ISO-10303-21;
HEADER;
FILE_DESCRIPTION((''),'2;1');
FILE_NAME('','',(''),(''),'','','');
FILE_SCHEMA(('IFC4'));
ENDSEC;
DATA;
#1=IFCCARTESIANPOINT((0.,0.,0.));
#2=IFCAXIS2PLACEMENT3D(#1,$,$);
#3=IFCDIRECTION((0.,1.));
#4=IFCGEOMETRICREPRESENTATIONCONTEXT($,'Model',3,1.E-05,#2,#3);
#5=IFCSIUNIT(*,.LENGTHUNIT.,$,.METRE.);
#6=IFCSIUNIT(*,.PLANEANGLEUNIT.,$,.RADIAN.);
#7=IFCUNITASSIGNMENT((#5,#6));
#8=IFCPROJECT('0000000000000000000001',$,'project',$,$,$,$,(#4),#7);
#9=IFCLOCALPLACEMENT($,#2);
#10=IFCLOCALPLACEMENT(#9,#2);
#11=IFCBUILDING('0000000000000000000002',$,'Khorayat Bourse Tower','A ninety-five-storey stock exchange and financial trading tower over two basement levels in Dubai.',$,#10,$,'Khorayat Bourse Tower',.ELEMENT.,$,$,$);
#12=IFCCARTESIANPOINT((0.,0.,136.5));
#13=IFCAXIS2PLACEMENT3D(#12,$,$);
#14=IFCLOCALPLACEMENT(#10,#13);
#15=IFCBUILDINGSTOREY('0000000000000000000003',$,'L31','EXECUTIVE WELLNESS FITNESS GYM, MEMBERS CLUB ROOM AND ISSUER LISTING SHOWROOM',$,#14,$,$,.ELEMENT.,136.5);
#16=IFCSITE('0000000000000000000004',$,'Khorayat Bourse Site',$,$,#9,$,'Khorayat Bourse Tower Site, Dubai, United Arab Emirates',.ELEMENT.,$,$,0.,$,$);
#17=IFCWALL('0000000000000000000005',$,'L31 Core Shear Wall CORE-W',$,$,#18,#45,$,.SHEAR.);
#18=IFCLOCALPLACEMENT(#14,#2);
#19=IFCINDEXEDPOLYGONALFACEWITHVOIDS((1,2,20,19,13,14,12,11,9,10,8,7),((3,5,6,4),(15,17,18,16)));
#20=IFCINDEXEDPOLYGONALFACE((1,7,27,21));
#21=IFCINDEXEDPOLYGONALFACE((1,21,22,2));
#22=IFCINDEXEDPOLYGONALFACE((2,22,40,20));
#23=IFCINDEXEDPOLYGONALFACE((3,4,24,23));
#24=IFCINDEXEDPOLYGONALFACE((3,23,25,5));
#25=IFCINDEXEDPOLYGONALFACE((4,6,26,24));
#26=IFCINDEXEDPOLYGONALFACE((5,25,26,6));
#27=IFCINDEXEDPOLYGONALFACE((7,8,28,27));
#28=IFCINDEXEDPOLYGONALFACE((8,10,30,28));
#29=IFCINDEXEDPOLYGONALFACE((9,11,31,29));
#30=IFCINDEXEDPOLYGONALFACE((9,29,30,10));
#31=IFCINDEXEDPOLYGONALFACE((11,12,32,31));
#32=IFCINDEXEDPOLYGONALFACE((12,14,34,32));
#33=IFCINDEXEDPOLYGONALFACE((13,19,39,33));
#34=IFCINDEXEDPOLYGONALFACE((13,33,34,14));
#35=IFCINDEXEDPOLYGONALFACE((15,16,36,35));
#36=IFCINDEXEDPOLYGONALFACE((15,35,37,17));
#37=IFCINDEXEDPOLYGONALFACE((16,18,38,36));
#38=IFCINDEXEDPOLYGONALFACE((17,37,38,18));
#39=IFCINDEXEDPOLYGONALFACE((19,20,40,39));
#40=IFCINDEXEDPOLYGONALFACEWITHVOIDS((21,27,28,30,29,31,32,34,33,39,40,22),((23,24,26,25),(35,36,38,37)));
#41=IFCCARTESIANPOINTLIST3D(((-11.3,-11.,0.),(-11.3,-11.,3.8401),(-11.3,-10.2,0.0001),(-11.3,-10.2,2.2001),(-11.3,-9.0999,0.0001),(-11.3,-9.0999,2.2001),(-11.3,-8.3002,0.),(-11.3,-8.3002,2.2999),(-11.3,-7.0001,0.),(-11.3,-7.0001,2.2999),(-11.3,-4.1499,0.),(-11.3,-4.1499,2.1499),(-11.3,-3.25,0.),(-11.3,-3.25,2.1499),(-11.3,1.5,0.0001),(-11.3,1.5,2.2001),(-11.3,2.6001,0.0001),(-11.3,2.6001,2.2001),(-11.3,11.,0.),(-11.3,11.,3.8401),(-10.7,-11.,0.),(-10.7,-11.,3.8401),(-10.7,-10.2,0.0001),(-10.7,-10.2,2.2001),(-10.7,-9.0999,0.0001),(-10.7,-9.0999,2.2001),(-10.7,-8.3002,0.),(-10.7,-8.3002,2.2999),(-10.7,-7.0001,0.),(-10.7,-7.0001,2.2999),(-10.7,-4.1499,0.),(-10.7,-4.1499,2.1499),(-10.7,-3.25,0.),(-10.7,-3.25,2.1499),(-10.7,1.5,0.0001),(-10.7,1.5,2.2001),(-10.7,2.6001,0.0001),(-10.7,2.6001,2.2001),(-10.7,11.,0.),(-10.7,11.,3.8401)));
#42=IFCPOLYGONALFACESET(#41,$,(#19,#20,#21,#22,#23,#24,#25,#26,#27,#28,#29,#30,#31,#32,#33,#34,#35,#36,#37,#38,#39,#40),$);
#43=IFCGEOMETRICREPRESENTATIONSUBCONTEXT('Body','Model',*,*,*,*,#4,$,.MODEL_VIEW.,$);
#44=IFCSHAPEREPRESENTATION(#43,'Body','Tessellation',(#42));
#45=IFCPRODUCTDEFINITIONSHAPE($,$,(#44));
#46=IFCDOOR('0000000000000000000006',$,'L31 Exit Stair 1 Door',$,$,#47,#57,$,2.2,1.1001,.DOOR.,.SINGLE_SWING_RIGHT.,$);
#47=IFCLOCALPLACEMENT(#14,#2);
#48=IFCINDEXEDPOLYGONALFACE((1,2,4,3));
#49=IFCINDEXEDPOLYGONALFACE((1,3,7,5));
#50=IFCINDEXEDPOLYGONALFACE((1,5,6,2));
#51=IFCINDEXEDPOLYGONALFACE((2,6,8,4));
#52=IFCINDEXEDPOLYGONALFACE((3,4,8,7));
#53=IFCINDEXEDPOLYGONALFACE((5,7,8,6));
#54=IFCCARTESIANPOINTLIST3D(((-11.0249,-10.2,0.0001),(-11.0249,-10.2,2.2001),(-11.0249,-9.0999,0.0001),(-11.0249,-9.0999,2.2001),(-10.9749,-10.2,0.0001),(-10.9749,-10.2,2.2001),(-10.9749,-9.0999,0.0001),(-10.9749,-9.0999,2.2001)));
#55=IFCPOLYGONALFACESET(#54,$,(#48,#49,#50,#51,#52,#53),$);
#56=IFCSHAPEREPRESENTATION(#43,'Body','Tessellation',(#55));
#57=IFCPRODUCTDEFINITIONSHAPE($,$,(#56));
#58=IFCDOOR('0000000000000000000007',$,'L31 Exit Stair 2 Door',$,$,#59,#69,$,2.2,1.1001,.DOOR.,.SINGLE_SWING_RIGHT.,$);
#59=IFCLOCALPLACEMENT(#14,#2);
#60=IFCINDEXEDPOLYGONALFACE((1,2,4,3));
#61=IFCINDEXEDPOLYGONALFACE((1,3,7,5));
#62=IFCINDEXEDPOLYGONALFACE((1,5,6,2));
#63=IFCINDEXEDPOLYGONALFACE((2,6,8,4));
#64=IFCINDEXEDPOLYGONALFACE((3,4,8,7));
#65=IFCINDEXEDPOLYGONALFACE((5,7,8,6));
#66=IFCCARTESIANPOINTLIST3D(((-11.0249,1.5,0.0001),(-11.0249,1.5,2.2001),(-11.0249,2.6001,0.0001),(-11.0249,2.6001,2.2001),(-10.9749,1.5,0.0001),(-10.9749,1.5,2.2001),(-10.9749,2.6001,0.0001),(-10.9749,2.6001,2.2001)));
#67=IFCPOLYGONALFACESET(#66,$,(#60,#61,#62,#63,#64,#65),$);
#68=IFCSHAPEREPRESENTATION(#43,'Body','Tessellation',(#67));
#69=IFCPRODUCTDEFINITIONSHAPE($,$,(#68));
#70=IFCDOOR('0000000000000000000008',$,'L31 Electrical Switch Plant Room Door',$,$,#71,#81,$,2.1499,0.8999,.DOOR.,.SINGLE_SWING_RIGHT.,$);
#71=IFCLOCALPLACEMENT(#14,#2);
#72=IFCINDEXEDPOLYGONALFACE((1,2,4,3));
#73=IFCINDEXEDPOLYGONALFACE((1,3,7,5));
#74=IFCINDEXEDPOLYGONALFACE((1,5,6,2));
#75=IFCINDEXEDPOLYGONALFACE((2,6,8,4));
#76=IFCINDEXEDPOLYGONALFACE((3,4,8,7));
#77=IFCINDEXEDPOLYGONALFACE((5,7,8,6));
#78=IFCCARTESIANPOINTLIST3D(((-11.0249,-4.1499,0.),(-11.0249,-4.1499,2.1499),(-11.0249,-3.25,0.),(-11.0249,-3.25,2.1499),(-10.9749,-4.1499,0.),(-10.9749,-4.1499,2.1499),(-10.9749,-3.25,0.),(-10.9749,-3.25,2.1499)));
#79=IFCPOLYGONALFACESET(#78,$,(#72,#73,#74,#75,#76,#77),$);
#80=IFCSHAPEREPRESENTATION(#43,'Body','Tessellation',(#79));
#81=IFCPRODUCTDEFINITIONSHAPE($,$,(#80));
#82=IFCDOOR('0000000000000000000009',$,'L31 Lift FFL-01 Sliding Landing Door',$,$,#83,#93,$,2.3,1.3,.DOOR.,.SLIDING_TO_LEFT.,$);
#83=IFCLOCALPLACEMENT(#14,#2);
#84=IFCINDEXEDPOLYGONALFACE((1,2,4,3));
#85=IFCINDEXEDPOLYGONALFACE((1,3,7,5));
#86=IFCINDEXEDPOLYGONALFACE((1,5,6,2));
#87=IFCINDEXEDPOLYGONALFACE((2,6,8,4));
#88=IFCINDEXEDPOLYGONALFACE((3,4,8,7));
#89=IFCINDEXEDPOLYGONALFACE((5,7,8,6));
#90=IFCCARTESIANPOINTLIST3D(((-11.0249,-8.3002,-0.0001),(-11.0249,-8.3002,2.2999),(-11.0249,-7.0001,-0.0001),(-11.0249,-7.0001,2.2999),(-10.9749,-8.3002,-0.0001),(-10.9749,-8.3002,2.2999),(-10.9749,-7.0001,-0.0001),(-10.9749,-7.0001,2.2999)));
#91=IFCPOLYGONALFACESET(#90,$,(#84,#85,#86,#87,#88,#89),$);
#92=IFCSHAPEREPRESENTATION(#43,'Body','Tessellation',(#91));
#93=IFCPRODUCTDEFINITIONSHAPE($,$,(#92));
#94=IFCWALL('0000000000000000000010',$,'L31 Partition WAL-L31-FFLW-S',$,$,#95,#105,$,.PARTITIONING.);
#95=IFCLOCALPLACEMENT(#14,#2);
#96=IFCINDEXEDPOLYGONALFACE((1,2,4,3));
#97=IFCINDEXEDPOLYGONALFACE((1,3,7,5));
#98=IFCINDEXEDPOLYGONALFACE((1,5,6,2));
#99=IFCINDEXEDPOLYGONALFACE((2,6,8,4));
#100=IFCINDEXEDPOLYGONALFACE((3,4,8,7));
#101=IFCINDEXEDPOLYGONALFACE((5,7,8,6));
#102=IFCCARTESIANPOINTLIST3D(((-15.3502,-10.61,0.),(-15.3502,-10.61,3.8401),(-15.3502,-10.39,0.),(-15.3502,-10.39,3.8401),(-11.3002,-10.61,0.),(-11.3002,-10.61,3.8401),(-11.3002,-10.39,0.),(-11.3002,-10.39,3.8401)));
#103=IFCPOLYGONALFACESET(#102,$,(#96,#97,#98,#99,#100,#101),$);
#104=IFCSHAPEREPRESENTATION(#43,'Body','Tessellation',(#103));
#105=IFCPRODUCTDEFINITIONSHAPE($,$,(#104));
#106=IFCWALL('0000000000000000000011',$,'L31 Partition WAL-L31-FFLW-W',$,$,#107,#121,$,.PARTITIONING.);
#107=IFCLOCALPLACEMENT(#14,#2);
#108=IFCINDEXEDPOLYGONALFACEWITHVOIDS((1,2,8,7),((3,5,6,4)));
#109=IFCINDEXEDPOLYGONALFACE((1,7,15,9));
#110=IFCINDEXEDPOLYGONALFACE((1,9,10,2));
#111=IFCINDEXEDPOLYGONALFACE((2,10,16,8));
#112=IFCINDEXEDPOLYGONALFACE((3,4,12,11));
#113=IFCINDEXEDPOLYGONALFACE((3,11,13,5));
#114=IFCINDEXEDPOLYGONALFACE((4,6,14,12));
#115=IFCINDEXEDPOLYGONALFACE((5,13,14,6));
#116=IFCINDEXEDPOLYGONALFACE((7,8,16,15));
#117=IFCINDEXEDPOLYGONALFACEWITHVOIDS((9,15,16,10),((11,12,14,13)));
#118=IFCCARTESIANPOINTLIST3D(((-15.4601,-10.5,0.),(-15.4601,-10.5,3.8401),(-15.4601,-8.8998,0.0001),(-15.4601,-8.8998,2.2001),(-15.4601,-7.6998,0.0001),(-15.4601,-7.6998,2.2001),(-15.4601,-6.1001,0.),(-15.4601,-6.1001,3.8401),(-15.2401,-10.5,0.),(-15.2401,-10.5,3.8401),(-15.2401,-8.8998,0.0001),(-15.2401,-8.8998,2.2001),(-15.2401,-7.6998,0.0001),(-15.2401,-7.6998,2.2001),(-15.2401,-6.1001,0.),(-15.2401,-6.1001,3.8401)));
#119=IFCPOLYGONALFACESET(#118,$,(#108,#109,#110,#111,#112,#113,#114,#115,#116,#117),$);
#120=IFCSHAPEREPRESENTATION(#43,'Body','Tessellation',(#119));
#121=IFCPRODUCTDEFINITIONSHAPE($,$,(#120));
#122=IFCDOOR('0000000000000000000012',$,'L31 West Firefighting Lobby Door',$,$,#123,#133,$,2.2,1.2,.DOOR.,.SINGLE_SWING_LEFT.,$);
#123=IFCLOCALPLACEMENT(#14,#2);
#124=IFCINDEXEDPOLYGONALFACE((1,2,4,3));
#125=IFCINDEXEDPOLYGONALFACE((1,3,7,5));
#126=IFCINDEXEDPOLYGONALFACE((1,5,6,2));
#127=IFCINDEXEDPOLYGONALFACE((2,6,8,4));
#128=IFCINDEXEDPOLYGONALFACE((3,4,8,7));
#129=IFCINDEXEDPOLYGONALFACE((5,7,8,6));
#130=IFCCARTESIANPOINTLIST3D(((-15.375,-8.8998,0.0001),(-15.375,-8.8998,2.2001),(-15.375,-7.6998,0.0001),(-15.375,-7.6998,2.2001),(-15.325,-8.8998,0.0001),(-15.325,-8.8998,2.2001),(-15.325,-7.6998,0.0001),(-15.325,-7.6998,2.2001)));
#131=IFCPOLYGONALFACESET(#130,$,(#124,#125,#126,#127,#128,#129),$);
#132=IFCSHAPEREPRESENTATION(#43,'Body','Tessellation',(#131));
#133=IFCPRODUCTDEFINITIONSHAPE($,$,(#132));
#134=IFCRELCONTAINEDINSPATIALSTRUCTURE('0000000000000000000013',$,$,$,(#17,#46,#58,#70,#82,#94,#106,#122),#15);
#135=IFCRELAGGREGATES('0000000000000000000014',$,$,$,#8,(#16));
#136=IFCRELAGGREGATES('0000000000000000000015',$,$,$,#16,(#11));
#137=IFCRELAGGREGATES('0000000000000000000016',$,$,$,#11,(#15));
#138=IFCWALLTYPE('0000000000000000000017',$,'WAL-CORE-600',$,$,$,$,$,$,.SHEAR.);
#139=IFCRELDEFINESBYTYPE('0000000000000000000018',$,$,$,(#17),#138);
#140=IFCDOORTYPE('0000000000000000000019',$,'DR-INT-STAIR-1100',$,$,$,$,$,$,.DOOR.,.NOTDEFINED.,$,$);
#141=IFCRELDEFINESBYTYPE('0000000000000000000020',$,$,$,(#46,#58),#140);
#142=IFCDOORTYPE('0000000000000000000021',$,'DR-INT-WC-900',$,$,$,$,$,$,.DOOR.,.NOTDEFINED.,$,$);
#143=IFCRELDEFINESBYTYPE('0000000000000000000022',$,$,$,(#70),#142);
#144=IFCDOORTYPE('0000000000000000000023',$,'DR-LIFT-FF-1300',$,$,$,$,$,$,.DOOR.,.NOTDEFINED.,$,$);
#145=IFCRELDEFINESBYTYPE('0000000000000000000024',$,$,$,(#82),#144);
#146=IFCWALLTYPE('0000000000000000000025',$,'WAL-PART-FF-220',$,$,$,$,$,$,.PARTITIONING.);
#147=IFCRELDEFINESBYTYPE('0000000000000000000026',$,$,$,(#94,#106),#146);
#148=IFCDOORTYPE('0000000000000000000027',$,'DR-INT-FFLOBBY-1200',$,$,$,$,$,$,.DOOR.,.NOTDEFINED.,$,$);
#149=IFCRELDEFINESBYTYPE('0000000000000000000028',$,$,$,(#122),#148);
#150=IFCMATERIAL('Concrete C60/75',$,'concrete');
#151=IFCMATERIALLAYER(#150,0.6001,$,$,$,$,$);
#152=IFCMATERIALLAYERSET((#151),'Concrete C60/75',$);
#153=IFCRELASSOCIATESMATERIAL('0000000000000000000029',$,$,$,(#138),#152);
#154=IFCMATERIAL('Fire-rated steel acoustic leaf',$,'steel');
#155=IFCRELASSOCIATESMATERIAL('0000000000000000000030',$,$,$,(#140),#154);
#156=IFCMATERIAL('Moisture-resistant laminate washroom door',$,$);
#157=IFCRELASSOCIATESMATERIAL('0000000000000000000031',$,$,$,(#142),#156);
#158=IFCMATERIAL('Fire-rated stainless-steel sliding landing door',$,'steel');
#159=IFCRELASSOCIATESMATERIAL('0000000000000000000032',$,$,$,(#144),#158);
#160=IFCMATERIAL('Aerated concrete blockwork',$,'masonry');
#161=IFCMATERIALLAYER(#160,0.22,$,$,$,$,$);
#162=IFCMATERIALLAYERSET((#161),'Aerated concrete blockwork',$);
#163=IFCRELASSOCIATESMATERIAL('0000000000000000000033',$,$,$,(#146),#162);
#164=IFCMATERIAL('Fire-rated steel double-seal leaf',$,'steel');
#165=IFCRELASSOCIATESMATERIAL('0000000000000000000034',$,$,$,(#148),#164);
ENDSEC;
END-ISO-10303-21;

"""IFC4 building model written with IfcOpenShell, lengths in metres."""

from ifc_helpers import new_model, si_unit, direction, frame, frame_2d, origin, place, context, subcontext, project, spatial, rectangle, extrude, source, transform, mapped, material, layer, layer_set, type_object, element, fill, save


model = new_model("IFC4")

# Units and contexts
model_context = context("Model", 3, precision=1e-05, world=origin(), true_north=direction((0.0, 1.0)))
body_context = subcontext(model_context, "Body", "Model", "MODEL_VIEW")
ifc_project = project(units=[si_unit("LENGTHUNIT", "METRE"), si_unit("PLANEANGLEUNIT", "RADIAN")], contexts=[model_context])

# Site, building, storey
site_placement = place(None, origin())
site = spatial("IfcSite", under=ifc_project, at=site_placement, Name="Khorayat Bourse Site", LongName="Khorayat Bourse Tower Site, Dubai, United Arab Emirates", CompositionType="ELEMENT", RefElevation=0.0)
building_placement = place(site_placement, origin())
building = spatial("IfcBuilding", under=site, at=building_placement, Name="Khorayat Bourse Tower", Description="A ninety-five-storey stock exchange and financial trading tower over two basement levels in Dubai.", LongName="Khorayat Bourse Tower", CompositionType="ELEMENT")
storey_placement = place(building_placement, frame((0.0, 0.0, 136.5)))
storey = spatial("IfcBuildingStorey", under=building, at=storey_placement, Name="L31", Description="EXECUTIVE WELLNESS FITNESS GYM, MEMBERS CLUB ROOM AND ISSUER LISTING SHOWROOM", CompositionType="ELEMENT", Elevation=136.5)

# Wall, openings, doors
ifc_material_1 = material(Name="Concrete C60/75", Category="concrete")
ifc_layer_1 = layer(ifc_material_1, 0.6001)
ifc_layer_set_1 = layer_set([ifc_layer_1], Name="Concrete C60/75")
wall_type_1 = type_object("IfcWallType", Name="WAL-CORE-600", PredefinedType="SHEAR", material=ifc_layer_set_1)
shared_shape_1 = source(origin(), body_context, "Body", "SweptSolid", [
    extrude(rectangle(XDim=22.0, YDim=0.6001, at=frame_2d((11.0, 0.0))), origin(), (0.0, 0.0, 1.0), 3.8401),
])
wall_1_placement = place(storey_placement, frame((-11.0, -11.0, 0.0), z_axis=(0.0, 0.0, 1.0), x_axis=(0.0, 1.0, 0.0)))
wall_1 = element("IfcWall", 1, at=wall_1_placement, inside=storey, type_object=wall_type_1, Name="L31 Core Shear Wall CORE-W", PredefinedType="SHEAR", context=body_context, shape_type="MappedRepresentation", body=[
    mapped(shared_shape_1, transform((0.0, 0.0, 0.0), scale=1.0)),
])
shared_shape_2 = source(origin(), body_context, "Body", "SweptSolid", [
    extrude(rectangle(XDim=1.1001, YDim=2.2, at=frame_2d((0.55, 1.1001))), frame((0.0, 0.3101, 0.0), z_axis=(0.0, -1.0, 0.0), x_axis=(1.0, 0.0, 0.0)), (0.0, 0.0, 1.0), 0.6201),
])
opening_1_placement = place(wall_1_placement, frame((0.8, 0.0, 0.0)))
opening_1 = element("IfcOpeningElement", 2, at=opening_1_placement, cuts=wall_1, PredefinedType="OPENING", context=body_context, shape_type="MappedRepresentation", body=[
    mapped(shared_shape_2, transform((0.0, 0.0, 0.0), scale=1.0)),
])
opening_2_placement = place(wall_1_placement, frame((12.5, 0.0, 0.0)))
opening_2 = element("IfcOpeningElement", 3, at=opening_2_placement, cuts=wall_1, PredefinedType="OPENING", context=body_context, shape_type="MappedRepresentation", body=[
    mapped(shared_shape_2, transform((0.0, 0.0, 0.0), scale=1.0)),
])
shared_shape_3 = source(origin(), body_context, "Body", "SweptSolid", [
    extrude(rectangle(XDim=0.8999, YDim=2.1499, at=frame_2d((0.45, 1.075))), frame((0.0, 0.3101, 0.0), z_axis=(0.0, -1.0, 0.0), x_axis=(1.0, 0.0, 0.0)), (0.0, 0.0, 1.0), 0.6201),
])
opening_3_placement = place(wall_1_placement, frame((6.8501, 0.0, 0.0)))
opening_3 = element("IfcOpeningElement", 4, at=opening_3_placement, cuts=wall_1, PredefinedType="OPENING", context=body_context, shape_type="MappedRepresentation", body=[
    mapped(shared_shape_3, transform((0.0, 0.0, 0.0), scale=1.0)),
])
shared_shape_4 = source(origin(), body_context, "Body", "SweptSolid", [
    extrude(rectangle(XDim=1.3, YDim=2.3, at=frame_2d((0.6499, 1.1499))), frame((0.0, 0.3101, 0.0), z_axis=(0.0, -1.0, 0.0), x_axis=(1.0, 0.0, 0.0)), (0.0, 0.0, 1.0), 0.6201),
])
opening_4_placement = place(wall_1_placement, frame((2.7, 0.0, 0.0)))
opening_4 = element("IfcOpeningElement", 5, at=opening_4_placement, cuts=wall_1, PredefinedType="OPENING", context=body_context, shape_type="MappedRepresentation", body=[
    mapped(shared_shape_4, transform((0.0, 0.0, 0.0), scale=1.0)),
])
ifc_material_2 = material(Name="Fire-rated steel acoustic leaf", Category="steel")
door_type_1 = type_object("IfcDoorType", Name="DR-INT-STAIR-1100", OperationType="NOTDEFINED", PredefinedType="DOOR", material=ifc_material_2)
shared_shape_5 = source(origin(), body_context, "Body", "SweptSolid", [
    extrude(rectangle(XDim=1.1001, YDim=2.2, at=frame_2d((0.55, 1.1001))), frame((0.0, 0.0249, 0.0), z_axis=(0.0, -1.0, 0.0), x_axis=(1.0, 0.0, 0.0)), (0.0, 0.0, 1.0), 0.05),
])
door_1_placement = place(opening_1_placement, origin())
door_1 = element("IfcDoor", 6, at=door_1_placement, inside=storey, type_object=door_type_1, Name="L31 Exit Stair 1 Door", OperationType="SINGLE_SWING_RIGHT", OverallHeight=2.2, OverallWidth=1.1001, PredefinedType="DOOR", context=body_context, shape_type="MappedRepresentation", body=[
    mapped(shared_shape_5, transform((0.0, 0.0, 0.0), scale=1.0)),
])
fill(opening_1, door_1)
door_2_placement = place(opening_2_placement, origin())
door_2 = element("IfcDoor", 7, at=door_2_placement, inside=storey, type_object=door_type_1, Name="L31 Exit Stair 2 Door", OperationType="SINGLE_SWING_RIGHT", OverallHeight=2.2, OverallWidth=1.1001, PredefinedType="DOOR", context=body_context, shape_type="MappedRepresentation", body=[
    mapped(shared_shape_5, transform((0.0, 0.0, 0.0), scale=1.0)),
])
fill(opening_2, door_2)
ifc_material_3 = material(Name="Moisture-resistant laminate washroom door")
door_type_2 = type_object("IfcDoorType", Name="DR-INT-WC-900", OperationType="NOTDEFINED", PredefinedType="DOOR", material=ifc_material_3)
shared_shape_6 = source(origin(), body_context, "Body", "SweptSolid", [
    extrude(rectangle(XDim=0.8999, YDim=2.1499, at=frame_2d((0.45, 1.075))), frame((0.0, 0.0249, 0.0), z_axis=(0.0, -1.0, 0.0), x_axis=(1.0, 0.0, 0.0)), (0.0, 0.0, 1.0), 0.05),
])
door_3_placement = place(opening_3_placement, origin())
door_3 = element("IfcDoor", 8, at=door_3_placement, inside=storey, type_object=door_type_2, Name="L31 Electrical Switch Plant Room Door", OperationType="SINGLE_SWING_RIGHT", OverallHeight=2.1499, OverallWidth=0.8999, PredefinedType="DOOR", context=body_context, shape_type="MappedRepresentation", body=[
    mapped(shared_shape_6, transform((0.0, 0.0, 0.0), scale=1.0)),
])
fill(opening_3, door_3)
ifc_material_4 = material(Name="Fire-rated stainless-steel sliding landing door", Category="steel")
door_type_3 = type_object("IfcDoorType", Name="DR-LIFT-FF-1300", OperationType="NOTDEFINED", PredefinedType="DOOR", material=ifc_material_4)
shared_shape_7 = source(origin(), body_context, "Body", "SweptSolid", [
    extrude(rectangle(XDim=1.3, YDim=2.3, at=frame_2d((0.6499, 1.1499))), frame((0.0, 0.0249, 0.0), z_axis=(0.0, -1.0, 0.0), x_axis=(1.0, 0.0, 0.0)), (0.0, 0.0, 1.0), 0.05),
])
door_4_placement = place(opening_4_placement, origin())
door_4 = element("IfcDoor", 9, at=door_4_placement, inside=storey, type_object=door_type_3, Name="L31 Lift FFL-01 Sliding Landing Door", OperationType="SLIDING_TO_LEFT", OverallHeight=2.3, OverallWidth=1.3, PredefinedType="DOOR", context=body_context, shape_type="MappedRepresentation", body=[
    mapped(shared_shape_7, transform((0.0, 0.0, 0.0), scale=1.0)),
])
fill(opening_4, door_4)

# Wall
ifc_material_5 = material(Name="Aerated concrete blockwork", Category="masonry")
ifc_layer_2 = layer(ifc_material_5, 0.22)
ifc_layer_set_2 = layer_set([ifc_layer_2], Name="Aerated concrete blockwork")
wall_type_2 = type_object("IfcWallType", Name="WAL-PART-FF-220", PredefinedType="PARTITIONING", material=ifc_layer_set_2)
shared_shape_8 = source(origin(), body_context, "Body", "SweptSolid", [
    extrude(rectangle(XDim=4.05, YDim=0.22, at=frame_2d((2.0249, 0.0))), origin(), (0.0, 0.0, 1.0), 3.8401),
])
wall_2_placement = place(storey_placement, frame((-15.3501, -10.5, 0.0), z_axis=(0.0, 0.0, 1.0), x_axis=(1.0, 0.0, 0.0)))
element("IfcWall", 10, at=wall_2_placement, inside=storey, type_object=wall_type_2, Name="L31 Partition WAL-L31-FFLW-S", PredefinedType="PARTITIONING", context=body_context, shape_type="MappedRepresentation", body=[
    mapped(shared_shape_8, transform((0.0, 0.0, 0.0), scale=1.0)),
])

# Wall, opening, door
shared_shape_9 = source(origin(), body_context, "Body", "SweptSolid", [
    extrude(rectangle(XDim=4.3999, YDim=0.22, at=frame_2d((2.2, 0.0))), origin(), (0.0, 0.0, 1.0), 3.8401),
])
wall_3_placement = place(storey_placement, frame((-15.3501, -10.5, 0.0), z_axis=(0.0, 0.0, 1.0), x_axis=(0.0, 1.0, 0.0)))
wall_3 = element("IfcWall", 11, at=wall_3_placement, inside=storey, type_object=wall_type_2, Name="L31 Partition WAL-L31-FFLW-W", PredefinedType="PARTITIONING", context=body_context, shape_type="MappedRepresentation", body=[
    mapped(shared_shape_9, transform((0.0, 0.0, 0.0), scale=1.0)),
])
shared_shape_10 = source(origin(), body_context, "Body", "SweptSolid", [
    extrude(rectangle(XDim=1.2, YDim=2.2, at=frame_2d((0.6001, 1.1001))), frame((0.0, 0.1199, 0.0), z_axis=(0.0, -1.0, 0.0), x_axis=(1.0, 0.0, 0.0)), (0.0, 0.0, 1.0), 0.24),
])
opening_5_placement = place(wall_3_placement, frame((1.6001, 0.0, 0.0)))
opening_5 = element("IfcOpeningElement", 12, at=opening_5_placement, cuts=wall_3, PredefinedType="OPENING", context=body_context, shape_type="MappedRepresentation", body=[
    mapped(shared_shape_10, transform((0.0, 0.0, 0.0), scale=1.0)),
])
ifc_material_6 = material(Name="Fire-rated steel double-seal leaf", Category="steel")
door_type_4 = type_object("IfcDoorType", Name="DR-INT-FFLOBBY-1200", OperationType="NOTDEFINED", PredefinedType="DOOR", material=ifc_material_6)
shared_shape_11 = source(origin(), body_context, "Body", "SweptSolid", [
    extrude(rectangle(XDim=1.2, YDim=2.2, at=frame_2d((0.6001, 1.1001))), frame((0.0, 0.0249, 0.0), z_axis=(0.0, -1.0, 0.0), x_axis=(1.0, 0.0, 0.0)), (0.0, 0.0, 1.0), 0.05),
])
door_5_placement = place(opening_5_placement, origin())
door_5 = element("IfcDoor", 13, at=door_5_placement, inside=storey, type_object=door_type_4, Name="L31 West Firefighting Lobby Door", OperationType="SINGLE_SWING_LEFT", OverallHeight=2.2, OverallWidth=1.2, PredefinedType="DOOR", context=body_context, shape_type="MappedRepresentation", body=[
    mapped(shared_shape_11, transform((0.0, 0.0, 0.0), scale=1.0)),
])
fill(opening_5, door_5)

save(model, "model.ifc")
